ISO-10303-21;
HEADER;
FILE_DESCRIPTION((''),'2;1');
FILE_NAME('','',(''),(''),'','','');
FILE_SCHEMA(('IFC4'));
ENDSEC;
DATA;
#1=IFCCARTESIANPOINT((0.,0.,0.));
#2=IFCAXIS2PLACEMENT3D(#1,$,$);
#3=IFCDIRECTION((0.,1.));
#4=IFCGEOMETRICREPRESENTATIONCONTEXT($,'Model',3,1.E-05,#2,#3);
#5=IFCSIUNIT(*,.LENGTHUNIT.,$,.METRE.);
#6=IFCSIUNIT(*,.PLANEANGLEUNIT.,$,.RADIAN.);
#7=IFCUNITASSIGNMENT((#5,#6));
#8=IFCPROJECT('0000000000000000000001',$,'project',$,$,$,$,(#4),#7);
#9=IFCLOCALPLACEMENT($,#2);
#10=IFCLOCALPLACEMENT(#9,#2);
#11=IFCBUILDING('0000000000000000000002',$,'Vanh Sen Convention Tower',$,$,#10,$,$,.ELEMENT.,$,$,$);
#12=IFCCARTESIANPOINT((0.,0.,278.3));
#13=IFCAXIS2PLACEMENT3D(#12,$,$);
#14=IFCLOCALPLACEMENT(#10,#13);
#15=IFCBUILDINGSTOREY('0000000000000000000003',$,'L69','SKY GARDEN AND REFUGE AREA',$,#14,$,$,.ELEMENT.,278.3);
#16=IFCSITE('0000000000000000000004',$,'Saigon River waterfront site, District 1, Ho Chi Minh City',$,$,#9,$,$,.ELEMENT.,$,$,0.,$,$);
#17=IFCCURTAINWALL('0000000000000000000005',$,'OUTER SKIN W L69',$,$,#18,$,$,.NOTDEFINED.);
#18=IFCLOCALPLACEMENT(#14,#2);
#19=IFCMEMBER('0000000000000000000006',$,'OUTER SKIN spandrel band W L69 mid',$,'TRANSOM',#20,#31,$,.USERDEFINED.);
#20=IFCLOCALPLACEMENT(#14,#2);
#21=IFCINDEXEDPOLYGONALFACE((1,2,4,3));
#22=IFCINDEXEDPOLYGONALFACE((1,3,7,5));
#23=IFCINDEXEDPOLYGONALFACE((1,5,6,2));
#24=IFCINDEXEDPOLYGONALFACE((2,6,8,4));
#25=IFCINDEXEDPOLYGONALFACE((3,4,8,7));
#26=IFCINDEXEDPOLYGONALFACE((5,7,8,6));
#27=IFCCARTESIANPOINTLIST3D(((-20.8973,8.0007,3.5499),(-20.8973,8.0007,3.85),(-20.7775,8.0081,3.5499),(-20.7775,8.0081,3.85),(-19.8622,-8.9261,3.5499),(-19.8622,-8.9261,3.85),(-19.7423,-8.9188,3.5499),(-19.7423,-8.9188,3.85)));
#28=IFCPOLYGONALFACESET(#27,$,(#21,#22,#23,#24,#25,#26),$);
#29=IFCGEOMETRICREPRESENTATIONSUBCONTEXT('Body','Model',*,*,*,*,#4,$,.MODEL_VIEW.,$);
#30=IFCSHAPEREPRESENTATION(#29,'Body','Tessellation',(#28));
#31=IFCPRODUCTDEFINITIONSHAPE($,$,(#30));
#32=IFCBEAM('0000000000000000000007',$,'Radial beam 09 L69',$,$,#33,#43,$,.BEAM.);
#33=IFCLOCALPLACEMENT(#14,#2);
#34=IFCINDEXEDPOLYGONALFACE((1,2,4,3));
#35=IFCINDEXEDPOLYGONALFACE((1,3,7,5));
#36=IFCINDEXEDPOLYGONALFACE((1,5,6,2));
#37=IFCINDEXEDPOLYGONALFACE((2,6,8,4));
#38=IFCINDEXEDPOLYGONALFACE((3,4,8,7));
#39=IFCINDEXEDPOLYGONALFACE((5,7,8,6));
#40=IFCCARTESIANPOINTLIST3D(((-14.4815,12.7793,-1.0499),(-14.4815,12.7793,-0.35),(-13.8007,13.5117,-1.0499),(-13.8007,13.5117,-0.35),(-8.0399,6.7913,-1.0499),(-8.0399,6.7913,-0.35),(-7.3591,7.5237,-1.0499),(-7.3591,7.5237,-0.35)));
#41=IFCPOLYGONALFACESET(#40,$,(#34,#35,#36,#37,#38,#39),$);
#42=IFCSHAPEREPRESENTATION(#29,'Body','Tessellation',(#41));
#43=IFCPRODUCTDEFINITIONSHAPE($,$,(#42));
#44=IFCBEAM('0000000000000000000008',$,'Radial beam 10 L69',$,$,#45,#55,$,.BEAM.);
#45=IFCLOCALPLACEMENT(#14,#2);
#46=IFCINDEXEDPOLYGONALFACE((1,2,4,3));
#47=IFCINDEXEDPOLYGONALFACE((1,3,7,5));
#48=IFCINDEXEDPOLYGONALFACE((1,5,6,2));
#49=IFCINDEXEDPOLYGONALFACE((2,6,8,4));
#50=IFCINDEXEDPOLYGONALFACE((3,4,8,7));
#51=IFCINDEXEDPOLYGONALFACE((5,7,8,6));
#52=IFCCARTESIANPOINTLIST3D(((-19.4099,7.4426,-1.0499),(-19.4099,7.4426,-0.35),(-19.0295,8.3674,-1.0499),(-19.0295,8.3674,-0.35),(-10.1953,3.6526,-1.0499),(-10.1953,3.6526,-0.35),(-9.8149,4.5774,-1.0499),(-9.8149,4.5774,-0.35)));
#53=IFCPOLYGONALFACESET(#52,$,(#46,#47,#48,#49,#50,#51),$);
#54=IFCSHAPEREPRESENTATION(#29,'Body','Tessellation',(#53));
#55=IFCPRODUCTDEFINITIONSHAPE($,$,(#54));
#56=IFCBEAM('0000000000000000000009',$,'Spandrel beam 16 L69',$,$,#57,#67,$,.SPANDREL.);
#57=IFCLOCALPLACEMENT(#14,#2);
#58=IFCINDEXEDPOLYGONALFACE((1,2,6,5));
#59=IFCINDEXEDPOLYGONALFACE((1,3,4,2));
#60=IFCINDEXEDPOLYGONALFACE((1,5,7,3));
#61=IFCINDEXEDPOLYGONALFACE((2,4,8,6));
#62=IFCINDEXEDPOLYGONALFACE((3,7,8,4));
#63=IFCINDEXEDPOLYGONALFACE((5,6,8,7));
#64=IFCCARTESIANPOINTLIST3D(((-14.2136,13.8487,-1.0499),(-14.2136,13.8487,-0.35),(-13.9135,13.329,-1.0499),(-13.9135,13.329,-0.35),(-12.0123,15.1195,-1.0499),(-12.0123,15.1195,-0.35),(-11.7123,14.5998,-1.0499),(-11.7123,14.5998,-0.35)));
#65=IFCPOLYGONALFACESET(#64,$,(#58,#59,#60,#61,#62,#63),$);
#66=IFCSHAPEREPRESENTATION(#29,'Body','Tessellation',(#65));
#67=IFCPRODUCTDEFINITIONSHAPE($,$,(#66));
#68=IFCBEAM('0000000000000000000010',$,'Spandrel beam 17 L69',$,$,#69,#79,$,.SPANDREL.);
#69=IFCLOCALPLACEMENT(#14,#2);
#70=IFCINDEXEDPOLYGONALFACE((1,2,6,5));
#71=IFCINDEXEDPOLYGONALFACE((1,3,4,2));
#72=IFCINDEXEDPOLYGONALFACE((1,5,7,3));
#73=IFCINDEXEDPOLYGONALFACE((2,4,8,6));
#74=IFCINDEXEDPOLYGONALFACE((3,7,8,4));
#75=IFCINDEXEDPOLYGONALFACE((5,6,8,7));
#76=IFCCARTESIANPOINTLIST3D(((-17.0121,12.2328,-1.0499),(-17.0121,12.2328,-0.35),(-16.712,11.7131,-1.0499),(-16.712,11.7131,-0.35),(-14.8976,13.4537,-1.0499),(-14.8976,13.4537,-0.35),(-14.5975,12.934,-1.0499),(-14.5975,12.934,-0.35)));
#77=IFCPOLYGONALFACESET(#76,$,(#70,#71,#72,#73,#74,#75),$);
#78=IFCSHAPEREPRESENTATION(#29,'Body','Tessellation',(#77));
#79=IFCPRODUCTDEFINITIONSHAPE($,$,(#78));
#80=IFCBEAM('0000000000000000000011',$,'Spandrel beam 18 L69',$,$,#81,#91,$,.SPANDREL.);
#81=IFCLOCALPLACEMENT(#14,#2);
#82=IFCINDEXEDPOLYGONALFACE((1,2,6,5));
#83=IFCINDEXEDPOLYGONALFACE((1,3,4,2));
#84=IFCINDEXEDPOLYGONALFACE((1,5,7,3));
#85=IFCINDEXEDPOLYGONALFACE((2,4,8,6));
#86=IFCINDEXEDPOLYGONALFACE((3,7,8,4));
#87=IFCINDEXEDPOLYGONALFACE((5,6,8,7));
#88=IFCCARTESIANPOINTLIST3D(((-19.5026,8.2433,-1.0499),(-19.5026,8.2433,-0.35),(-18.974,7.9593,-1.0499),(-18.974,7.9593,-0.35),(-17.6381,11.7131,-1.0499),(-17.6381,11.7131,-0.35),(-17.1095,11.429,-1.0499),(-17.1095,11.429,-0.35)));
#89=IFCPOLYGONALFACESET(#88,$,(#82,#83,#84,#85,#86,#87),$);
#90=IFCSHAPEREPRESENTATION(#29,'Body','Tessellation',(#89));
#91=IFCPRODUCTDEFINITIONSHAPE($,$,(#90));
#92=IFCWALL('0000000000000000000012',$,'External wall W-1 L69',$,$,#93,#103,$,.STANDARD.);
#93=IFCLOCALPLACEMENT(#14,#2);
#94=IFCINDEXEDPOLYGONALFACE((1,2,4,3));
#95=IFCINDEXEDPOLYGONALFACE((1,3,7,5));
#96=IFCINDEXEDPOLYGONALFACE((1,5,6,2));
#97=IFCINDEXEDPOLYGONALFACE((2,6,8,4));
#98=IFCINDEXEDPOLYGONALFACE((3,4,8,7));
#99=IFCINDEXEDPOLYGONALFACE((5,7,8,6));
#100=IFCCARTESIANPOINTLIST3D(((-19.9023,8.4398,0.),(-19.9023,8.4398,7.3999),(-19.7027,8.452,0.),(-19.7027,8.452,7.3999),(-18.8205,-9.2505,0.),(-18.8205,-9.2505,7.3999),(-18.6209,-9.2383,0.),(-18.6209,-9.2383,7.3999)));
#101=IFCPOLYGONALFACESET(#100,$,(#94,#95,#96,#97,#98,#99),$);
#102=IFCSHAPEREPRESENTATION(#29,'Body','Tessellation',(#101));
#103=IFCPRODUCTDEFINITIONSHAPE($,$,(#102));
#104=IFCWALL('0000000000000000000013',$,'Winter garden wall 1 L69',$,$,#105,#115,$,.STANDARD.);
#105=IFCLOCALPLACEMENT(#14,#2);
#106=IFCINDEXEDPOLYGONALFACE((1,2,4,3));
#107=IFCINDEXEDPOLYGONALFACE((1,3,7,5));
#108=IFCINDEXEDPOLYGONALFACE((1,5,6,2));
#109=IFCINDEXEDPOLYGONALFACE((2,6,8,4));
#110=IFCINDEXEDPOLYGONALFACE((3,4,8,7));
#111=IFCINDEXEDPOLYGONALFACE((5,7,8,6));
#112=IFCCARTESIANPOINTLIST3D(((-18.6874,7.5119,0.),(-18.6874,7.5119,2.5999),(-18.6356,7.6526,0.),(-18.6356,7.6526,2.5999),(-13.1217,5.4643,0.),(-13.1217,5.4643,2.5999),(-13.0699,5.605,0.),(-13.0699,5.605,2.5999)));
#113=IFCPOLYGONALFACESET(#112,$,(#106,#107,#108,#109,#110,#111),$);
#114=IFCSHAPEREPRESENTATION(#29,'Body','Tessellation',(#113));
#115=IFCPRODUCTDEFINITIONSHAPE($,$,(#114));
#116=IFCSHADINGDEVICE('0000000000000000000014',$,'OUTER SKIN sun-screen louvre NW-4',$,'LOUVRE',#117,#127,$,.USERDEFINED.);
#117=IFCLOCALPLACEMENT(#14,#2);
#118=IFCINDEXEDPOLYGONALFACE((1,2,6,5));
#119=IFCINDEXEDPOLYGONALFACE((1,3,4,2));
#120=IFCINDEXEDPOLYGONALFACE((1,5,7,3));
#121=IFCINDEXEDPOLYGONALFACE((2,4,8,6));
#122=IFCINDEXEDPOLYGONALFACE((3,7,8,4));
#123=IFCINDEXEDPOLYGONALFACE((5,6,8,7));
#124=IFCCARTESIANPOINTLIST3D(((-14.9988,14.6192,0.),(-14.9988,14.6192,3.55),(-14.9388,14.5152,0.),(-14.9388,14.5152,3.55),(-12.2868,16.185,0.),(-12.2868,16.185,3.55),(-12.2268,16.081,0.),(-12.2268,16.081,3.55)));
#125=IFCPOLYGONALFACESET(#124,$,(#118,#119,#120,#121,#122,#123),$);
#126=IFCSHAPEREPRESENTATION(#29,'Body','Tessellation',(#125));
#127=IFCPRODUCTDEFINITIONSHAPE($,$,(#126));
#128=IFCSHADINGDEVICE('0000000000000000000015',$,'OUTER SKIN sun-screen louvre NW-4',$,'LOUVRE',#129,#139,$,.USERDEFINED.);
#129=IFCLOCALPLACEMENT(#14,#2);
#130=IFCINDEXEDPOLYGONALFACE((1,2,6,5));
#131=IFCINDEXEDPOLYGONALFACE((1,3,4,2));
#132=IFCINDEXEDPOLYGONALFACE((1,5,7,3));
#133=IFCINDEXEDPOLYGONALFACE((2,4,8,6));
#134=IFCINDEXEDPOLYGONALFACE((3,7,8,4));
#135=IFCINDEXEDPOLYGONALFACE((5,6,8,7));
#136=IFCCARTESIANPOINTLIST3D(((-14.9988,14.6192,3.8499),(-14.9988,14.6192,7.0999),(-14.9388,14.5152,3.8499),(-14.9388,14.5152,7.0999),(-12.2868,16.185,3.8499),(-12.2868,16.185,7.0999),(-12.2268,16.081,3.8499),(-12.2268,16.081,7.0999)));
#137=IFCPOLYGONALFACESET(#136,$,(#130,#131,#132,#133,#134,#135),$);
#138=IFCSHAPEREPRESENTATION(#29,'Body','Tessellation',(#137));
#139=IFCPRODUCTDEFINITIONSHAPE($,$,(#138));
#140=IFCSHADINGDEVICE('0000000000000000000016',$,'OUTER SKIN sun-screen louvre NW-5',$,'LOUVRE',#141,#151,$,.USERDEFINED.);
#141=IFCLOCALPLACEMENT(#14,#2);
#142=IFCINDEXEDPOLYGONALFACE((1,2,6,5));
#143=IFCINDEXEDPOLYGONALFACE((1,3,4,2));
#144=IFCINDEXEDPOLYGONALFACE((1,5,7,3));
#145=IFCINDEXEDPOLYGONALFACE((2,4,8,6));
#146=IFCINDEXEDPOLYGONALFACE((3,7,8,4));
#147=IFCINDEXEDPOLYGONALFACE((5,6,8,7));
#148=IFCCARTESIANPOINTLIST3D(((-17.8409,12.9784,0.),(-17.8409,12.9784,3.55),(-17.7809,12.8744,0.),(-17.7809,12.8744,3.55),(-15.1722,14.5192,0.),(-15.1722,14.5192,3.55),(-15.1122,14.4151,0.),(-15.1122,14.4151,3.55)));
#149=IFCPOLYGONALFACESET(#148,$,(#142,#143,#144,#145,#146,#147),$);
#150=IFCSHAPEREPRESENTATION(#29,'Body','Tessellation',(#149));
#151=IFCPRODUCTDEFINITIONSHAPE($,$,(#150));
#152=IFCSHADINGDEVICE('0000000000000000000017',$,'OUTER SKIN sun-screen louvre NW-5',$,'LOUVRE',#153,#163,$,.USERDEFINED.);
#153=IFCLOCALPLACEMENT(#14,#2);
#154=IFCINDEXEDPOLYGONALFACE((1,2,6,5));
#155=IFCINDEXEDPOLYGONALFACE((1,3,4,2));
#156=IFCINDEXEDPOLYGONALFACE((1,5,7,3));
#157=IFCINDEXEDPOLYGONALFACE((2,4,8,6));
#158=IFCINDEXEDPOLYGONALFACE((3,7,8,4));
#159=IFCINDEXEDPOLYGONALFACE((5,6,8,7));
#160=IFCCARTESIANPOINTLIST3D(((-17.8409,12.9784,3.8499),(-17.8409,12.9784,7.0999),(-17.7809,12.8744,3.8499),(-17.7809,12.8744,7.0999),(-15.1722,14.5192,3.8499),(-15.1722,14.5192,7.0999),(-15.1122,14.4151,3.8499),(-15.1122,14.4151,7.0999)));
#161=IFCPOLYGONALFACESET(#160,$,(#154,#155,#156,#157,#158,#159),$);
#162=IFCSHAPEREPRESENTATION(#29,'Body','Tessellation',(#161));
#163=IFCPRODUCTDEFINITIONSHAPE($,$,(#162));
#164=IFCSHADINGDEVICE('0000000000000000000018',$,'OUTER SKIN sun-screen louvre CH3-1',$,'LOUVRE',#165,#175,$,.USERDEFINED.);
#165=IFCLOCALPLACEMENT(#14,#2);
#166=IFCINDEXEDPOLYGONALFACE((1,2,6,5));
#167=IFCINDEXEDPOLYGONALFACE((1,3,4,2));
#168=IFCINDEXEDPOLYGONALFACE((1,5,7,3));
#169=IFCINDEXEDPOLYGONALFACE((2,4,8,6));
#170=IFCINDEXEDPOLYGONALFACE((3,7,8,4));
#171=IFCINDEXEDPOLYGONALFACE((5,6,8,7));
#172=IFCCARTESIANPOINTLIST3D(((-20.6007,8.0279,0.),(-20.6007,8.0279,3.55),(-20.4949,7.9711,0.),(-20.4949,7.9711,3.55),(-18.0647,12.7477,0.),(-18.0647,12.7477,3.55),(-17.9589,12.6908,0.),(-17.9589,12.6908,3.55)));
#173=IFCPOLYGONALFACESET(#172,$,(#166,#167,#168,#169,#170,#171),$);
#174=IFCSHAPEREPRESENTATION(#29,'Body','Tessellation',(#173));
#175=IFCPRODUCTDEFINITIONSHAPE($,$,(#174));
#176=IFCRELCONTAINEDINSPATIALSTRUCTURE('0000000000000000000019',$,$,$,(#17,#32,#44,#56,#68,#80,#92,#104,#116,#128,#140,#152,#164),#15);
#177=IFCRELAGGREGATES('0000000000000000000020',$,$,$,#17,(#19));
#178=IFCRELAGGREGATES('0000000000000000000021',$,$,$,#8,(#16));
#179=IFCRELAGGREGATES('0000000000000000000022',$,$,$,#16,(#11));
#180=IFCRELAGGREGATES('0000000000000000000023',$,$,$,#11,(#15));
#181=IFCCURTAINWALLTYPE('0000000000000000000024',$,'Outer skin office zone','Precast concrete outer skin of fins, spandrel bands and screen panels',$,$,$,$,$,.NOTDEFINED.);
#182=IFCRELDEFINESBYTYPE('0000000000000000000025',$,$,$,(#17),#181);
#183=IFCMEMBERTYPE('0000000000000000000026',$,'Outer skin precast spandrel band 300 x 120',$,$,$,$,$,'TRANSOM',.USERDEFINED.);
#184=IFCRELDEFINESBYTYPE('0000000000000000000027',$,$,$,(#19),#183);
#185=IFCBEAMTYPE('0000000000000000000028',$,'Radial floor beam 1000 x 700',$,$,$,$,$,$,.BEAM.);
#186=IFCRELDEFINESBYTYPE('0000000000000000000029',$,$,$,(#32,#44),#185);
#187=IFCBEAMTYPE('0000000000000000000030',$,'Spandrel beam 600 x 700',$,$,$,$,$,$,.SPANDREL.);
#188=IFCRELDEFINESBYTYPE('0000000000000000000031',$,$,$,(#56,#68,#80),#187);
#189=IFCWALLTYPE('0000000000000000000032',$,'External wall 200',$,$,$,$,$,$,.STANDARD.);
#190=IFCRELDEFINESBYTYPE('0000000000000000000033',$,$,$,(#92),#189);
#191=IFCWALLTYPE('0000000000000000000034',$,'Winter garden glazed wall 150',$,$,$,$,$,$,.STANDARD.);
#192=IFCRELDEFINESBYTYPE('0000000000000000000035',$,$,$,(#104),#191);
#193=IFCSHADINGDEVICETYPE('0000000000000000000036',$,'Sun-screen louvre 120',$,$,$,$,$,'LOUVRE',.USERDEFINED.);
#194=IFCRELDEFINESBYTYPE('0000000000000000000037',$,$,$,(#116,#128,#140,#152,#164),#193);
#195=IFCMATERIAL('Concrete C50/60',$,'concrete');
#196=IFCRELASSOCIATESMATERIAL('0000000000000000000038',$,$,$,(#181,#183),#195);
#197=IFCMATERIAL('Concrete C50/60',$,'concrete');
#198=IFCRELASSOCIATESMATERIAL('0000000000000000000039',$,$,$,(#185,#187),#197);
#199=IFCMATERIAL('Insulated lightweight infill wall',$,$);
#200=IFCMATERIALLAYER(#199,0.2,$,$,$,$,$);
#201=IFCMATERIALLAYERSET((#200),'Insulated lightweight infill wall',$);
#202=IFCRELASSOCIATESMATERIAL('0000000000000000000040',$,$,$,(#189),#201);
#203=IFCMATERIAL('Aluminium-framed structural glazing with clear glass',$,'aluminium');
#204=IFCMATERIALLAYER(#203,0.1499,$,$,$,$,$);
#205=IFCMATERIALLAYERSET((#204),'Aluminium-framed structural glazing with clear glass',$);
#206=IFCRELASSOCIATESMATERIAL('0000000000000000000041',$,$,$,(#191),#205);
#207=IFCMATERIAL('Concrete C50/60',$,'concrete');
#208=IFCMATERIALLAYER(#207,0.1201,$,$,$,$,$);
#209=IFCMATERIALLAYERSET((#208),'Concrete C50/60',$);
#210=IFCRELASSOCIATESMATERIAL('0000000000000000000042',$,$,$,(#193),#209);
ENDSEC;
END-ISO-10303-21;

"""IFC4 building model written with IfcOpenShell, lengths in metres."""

from ifc_helpers import new_model, si_unit, direction, frame, frame_2d, origin, origin_2d, place, context, subcontext, project, spatial, rectangle, extrude, material, layer, layer_set, material_profile, profile_set, type_object, element, aggregate, save


model = new_model("IFC4")

# Units and contexts
model_context = context("Model", 3, precision=1e-05, world=origin(), true_north=direction((0.0, 1.0)))
body_context = subcontext(model_context, "Body", "Model", "MODEL_VIEW")
ifc_project = project(units=[si_unit("LENGTHUNIT", "METRE"), si_unit("PLANEANGLEUNIT", "RADIAN")], contexts=[model_context])

# Site, building, storey
site_placement = place(None, origin())
site = spatial("IfcSite", under=ifc_project, at=site_placement, Name="Saigon River waterfront site, District 1, Ho Chi Minh City", CompositionType="ELEMENT", RefElevation=0.0)
building_placement = place(site_placement, origin())
building = spatial("IfcBuilding", under=site, at=building_placement, Name="Vanh Sen Convention Tower", CompositionType="ELEMENT")
storey_placement = place(building_placement, frame((0.0, 0.0, 278.3)))
storey = spatial("IfcBuildingStorey", under=building, at=storey_placement, Name="L69", Description="SKY GARDEN AND REFUGE AREA", CompositionType="ELEMENT", Elevation=278.3)

# Curtain wall
ifc_material_1 = material(Name="Concrete C50/60", Category="concrete")
curtain_wall_type_1 = type_object("IfcCurtainWallType", Name="Outer skin office zone", Description="Precast concrete outer skin of fins, spandrel bands and screen panels", PredefinedType="NOTDEFINED", material=ifc_material_1)
curtain_wall_1_placement = place(storey_placement, origin())
curtain_wall_1 = element("IfcCurtainWall", 1, at=curtain_wall_1_placement, inside=storey, type_object=curtain_wall_type_1, Name="OUTER SKIN W L69", PredefinedType="NOTDEFINED")

# Shared definitions
ifc_material_profile_1 = material_profile(ifc_material_1, rectangle(XDim=0.1201, YDim=0.3, at=origin_2d()), Name="Outer skin precast spandrel band 300 x 120")
ifc_profile_set_1 = profile_set([ifc_material_profile_1], Name="Concrete C50/60")
member_type_1 = type_object("IfcMemberType", Name="Outer skin precast spandrel band 300 x 120", ElementType="TRANSOM", PredefinedType="USERDEFINED", material=ifc_profile_set_1)

# Member
member_1_placement = place(storey_placement, frame((-20.8374, 8.0044, 3.7), z_axis=(0.061041, -0.998135, 0.0), x_axis=(0.998135, 0.061041, 0.0)))
member_1 = element("IfcMember", 2, at=member_1_placement, type_object=member_type_1, Name="OUTER SKIN spandrel band W L69 mid", ObjectType="TRANSOM", PredefinedType="USERDEFINED", context=body_context, shape_type="SweptSolid", body=[
    extrude(rectangle(XDim=0.1201, YDim=0.3, at=origin_2d()), origin(), (0.0, 0.0, 1.0), 16.9585),
])
aggregate(curtain_wall_1, [member_1])

# Beams
ifc_material_2 = material(Name="Concrete C50/60", Category="concrete")
ifc_material_profile_2 = material_profile(ifc_material_2, rectangle(XDim=1.0, YDim=0.7, at=origin_2d()), Name="RC 1000X700")
ifc_profile_set_2 = profile_set([ifc_material_profile_2], Name="Concrete C50/60")
beam_type_1 = type_object("IfcBeamType", Name="Radial floor beam 1000 x 700", PredefinedType="BEAM", material=ifc_profile_set_2)
beam_1_placement = place(storey_placement, frame((-14.1411, 13.1455, -0.7), z_axis=(0.732425, -0.680848, 0.0), x_axis=(0.680848, 0.732425, 0.0)))
element("IfcBeam", 3, at=beam_1_placement, inside=storey, type_object=beam_type_1, Name="Radial beam 09 L69", PredefinedType="BEAM", context=body_context, shape_type="SweptSolid", body=[
    extrude(rectangle(XDim=1.0, YDim=0.7, at=origin_2d()), origin(), (0.0, 0.0, 1.0), 8.7949),
])
beam_2_placement = place(storey_placement, frame((-19.2197, 7.905, -0.7), z_axis=(0.924827, -0.380389, 0.0), x_axis=(0.380389, 0.924827, 0.0)))
element("IfcBeam", 4, at=beam_2_placement, inside=storey, type_object=beam_type_1, Name="Radial beam 10 L69", PredefinedType="BEAM", context=body_context, shape_type="SweptSolid", body=[
    extrude(rectangle(XDim=1.0, YDim=0.7, at=origin_2d()), origin(), (0.0, 0.0, 1.0), 9.9636),
])
ifc_material_profile_3 = material_profile(ifc_material_2, rectangle(XDim=0.6001, YDim=0.7, at=origin_2d()), Name="RC 600X700")
ifc_profile_set_3 = profile_set([ifc_material_profile_3], Name="Concrete C50/60")
beam_type_2 = type_object("IfcBeamType", Name="Spandrel beam 600 x 700", PredefinedType="SPANDREL", material=ifc_profile_set_3)
beam_3_placement = place(storey_placement, frame((-11.8623, 14.8596, -0.7), z_axis=(-0.866042, -0.499972, 0.0), x_axis=(0.499972, -0.866042, 0.0)))
element("IfcBeam", 5, at=beam_3_placement, inside=storey, type_object=beam_type_2, Name="Spandrel beam 16 L69", PredefinedType="SPANDREL", context=body_context, shape_type="SweptSolid", body=[
    extrude(rectangle(XDim=0.6001, YDim=0.7, at=origin_2d()), origin(), (0.0, 0.0, 1.0), 2.5417),
])
beam_4_placement = place(storey_placement, frame((-14.7476, 13.1938, -0.7), z_axis=(-0.866001, -0.500043, 0.0), x_axis=(0.500043, -0.866001, 0.0)))
element("IfcBeam", 6, at=beam_4_placement, inside=storey, type_object=beam_type_2, Name="Spandrel beam 17 L69", PredefinedType="SPANDREL", context=body_context, shape_type="SweptSolid", body=[
    extrude(rectangle(XDim=0.6001, YDim=0.7, at=origin_2d()), origin(), (0.0, 0.0, 1.0), 2.4417),
])
beam_5_placement = place(storey_placement, frame((-17.3738, 11.571, -0.7), z_axis=(-0.473349, -0.880875, 0.0), x_axis=(0.880875, -0.473349, 0.0)))
element("IfcBeam", 7, at=beam_5_placement, inside=storey, type_object=beam_type_2, Name="Spandrel beam 18 L69", PredefinedType="SPANDREL", context=body_context, shape_type="SweptSolid", body=[
    extrude(rectangle(XDim=0.6001, YDim=0.7, at=origin_2d()), origin(), (0.0, 0.0, 1.0), 3.939),
])

# Walls
ifc_material_3 = material(Name="Insulated lightweight infill wall")
ifc_layer_1 = layer(ifc_material_3, 0.2)
ifc_layer_set_1 = layer_set([ifc_layer_1], Name="Insulated lightweight infill wall")
wall_type_1 = type_object("IfcWallType", Name="External wall 200", PredefinedType="STANDARD", material=ifc_layer_set_1)
wall_1_placement = place(storey_placement, frame((-19.8025, 8.446, 0.0), z_axis=(0.0, 0.0, 1.0), x_axis=(0.061037, -0.998136, 0.0)))
element("IfcWall", 8, at=wall_1_placement, inside=storey, type_object=wall_type_1, Name="External wall W-1 L69", PredefinedType="STANDARD", context=body_context, shape_type="SweptSolid", body=[
    extrude(rectangle(XDim=17.7234, YDim=0.2, at=frame_2d((8.8618, 0.0))), origin(), (0.0, 0.0, 1.0), 7.3999),
])
ifc_material_4 = material(Name="Aluminium-framed structural glazing with clear glass", Category="aluminium")
ifc_layer_2 = layer(ifc_material_4, 0.1499)
ifc_layer_set_2 = layer_set([ifc_layer_2], Name="Aluminium-framed structural glazing with clear glass")
wall_type_2 = type_object("IfcWallType", Name="Winter garden glazed wall 150", PredefinedType="STANDARD", material=ifc_layer_set_2)
wall_2_placement = place(storey_placement, frame((-18.6616, 7.5823, 0.0), z_axis=(0.0, 0.0, 1.0), x_axis=(0.938502, -0.345274, 0.0)))
element("IfcWall", 9, at=wall_2_placement, inside=storey, type_object=wall_type_2, Name="Winter garden wall 1 L69", PredefinedType="STANDARD", context=body_context, shape_type="SweptSolid", body=[
    extrude(rectangle(XDim=5.9304, YDim=0.1499, at=frame_2d((2.9653, 0.0))), origin(), (0.0, 0.0, 1.0), 2.5999),
])

# Shading devices
ifc_material_5 = material(Name="Concrete C50/60", Category="concrete")
ifc_layer_3 = layer(ifc_material_5, 0.1201)
ifc_layer_set_3 = layer_set([ifc_layer_3], Name="Concrete C50/60")
shading_device_type = type_object("IfcShadingDeviceType", Name="Sun-screen louvre 120", ElementType="LOUVRE", PredefinedType="USERDEFINED", material=ifc_layer_set_3)
shading_device_1_placement = place(storey_placement, frame((-13.6128, 15.3501, 0.0), z_axis=(0.0, 0.0, 1.0), x_axis=(-0.866016, -0.500017, 0.0)))
element("IfcShadingDevice", 10, at=shading_device_1_placement, inside=storey, type_object=shading_device_type, Name="OUTER SKIN sun-screen louvre NW-4", ObjectType="LOUVRE", PredefinedType="USERDEFINED", context=body_context, shape_type="SweptSolid", body=[
    extrude(rectangle(XDim=3.1316, YDim=0.1201, at=origin_2d()), origin(), (0.0, 0.0, 1.0), 3.55),
])
shading_device_2_placement = place(storey_placement, frame((-13.6128, 15.3501, 3.8499), z_axis=(0.0, 0.0, 1.0), x_axis=(-0.866016, -0.500017, 0.0)))
element("IfcShadingDevice", 11, at=shading_device_2_placement, inside=storey, type_object=shading_device_type, Name="OUTER SKIN sun-screen louvre NW-4", ObjectType="LOUVRE", PredefinedType="USERDEFINED", context=body_context, shape_type="SweptSolid", body=[
    extrude(rectangle(XDim=3.1316, YDim=0.1201, at=origin_2d()), origin(), (0.0, 0.0, 1.0), 3.25),
])
shading_device_3_placement = place(storey_placement, frame((-16.4766, 13.6968, 0.0), z_axis=(0.0, 0.0, 1.0), x_axis=(-0.866029, -0.499994, 0.0)))
element("IfcShadingDevice", 12, at=shading_device_3_placement, inside=storey, type_object=shading_device_type, Name="OUTER SKIN sun-screen louvre NW-5", ObjectType="LOUVRE", PredefinedType="USERDEFINED", context=body_context, shape_type="SweptSolid", body=[
    extrude(rectangle(XDim=3.0815, YDim=0.1201, at=origin_2d()), origin(), (0.0, 0.0, 1.0), 3.55),
])
shading_device_4_placement = place(storey_placement, frame((-16.4766, 13.6968, 3.8499), z_axis=(0.0, 0.0, 1.0), x_axis=(-0.866029, -0.499994, 0.0)))
element("IfcShadingDevice", 13, at=shading_device_4_placement, inside=storey, type_object=shading_device_type, Name="OUTER SKIN sun-screen louvre NW-5", ObjectType="LOUVRE", PredefinedType="USERDEFINED", context=body_context, shape_type="SweptSolid", body=[
    extrude(rectangle(XDim=3.0815, YDim=0.1201, at=origin_2d()), origin(), (0.0, 0.0, 1.0), 3.25),
])
shading_device_5_placement = place(storey_placement, frame((-19.2798, 10.3594, 0.0), z_axis=(0.0, 0.0, 1.0), x_axis=(-0.473324, -0.880888, 0.0)))
element("IfcShadingDevice", 14, at=shading_device_5_placement, inside=storey, type_object=shading_device_type, Name="OUTER SKIN sun-screen louvre CH3-1", ObjectType="LOUVRE", PredefinedType="USERDEFINED", context=body_context, shape_type="SweptSolid", body=[
    extrude(rectangle(XDim=5.3579, YDim=0.1201, at=origin_2d()), origin(), (0.0, 0.0, 1.0), 3.55),
])

save(model, "model.ifc")
